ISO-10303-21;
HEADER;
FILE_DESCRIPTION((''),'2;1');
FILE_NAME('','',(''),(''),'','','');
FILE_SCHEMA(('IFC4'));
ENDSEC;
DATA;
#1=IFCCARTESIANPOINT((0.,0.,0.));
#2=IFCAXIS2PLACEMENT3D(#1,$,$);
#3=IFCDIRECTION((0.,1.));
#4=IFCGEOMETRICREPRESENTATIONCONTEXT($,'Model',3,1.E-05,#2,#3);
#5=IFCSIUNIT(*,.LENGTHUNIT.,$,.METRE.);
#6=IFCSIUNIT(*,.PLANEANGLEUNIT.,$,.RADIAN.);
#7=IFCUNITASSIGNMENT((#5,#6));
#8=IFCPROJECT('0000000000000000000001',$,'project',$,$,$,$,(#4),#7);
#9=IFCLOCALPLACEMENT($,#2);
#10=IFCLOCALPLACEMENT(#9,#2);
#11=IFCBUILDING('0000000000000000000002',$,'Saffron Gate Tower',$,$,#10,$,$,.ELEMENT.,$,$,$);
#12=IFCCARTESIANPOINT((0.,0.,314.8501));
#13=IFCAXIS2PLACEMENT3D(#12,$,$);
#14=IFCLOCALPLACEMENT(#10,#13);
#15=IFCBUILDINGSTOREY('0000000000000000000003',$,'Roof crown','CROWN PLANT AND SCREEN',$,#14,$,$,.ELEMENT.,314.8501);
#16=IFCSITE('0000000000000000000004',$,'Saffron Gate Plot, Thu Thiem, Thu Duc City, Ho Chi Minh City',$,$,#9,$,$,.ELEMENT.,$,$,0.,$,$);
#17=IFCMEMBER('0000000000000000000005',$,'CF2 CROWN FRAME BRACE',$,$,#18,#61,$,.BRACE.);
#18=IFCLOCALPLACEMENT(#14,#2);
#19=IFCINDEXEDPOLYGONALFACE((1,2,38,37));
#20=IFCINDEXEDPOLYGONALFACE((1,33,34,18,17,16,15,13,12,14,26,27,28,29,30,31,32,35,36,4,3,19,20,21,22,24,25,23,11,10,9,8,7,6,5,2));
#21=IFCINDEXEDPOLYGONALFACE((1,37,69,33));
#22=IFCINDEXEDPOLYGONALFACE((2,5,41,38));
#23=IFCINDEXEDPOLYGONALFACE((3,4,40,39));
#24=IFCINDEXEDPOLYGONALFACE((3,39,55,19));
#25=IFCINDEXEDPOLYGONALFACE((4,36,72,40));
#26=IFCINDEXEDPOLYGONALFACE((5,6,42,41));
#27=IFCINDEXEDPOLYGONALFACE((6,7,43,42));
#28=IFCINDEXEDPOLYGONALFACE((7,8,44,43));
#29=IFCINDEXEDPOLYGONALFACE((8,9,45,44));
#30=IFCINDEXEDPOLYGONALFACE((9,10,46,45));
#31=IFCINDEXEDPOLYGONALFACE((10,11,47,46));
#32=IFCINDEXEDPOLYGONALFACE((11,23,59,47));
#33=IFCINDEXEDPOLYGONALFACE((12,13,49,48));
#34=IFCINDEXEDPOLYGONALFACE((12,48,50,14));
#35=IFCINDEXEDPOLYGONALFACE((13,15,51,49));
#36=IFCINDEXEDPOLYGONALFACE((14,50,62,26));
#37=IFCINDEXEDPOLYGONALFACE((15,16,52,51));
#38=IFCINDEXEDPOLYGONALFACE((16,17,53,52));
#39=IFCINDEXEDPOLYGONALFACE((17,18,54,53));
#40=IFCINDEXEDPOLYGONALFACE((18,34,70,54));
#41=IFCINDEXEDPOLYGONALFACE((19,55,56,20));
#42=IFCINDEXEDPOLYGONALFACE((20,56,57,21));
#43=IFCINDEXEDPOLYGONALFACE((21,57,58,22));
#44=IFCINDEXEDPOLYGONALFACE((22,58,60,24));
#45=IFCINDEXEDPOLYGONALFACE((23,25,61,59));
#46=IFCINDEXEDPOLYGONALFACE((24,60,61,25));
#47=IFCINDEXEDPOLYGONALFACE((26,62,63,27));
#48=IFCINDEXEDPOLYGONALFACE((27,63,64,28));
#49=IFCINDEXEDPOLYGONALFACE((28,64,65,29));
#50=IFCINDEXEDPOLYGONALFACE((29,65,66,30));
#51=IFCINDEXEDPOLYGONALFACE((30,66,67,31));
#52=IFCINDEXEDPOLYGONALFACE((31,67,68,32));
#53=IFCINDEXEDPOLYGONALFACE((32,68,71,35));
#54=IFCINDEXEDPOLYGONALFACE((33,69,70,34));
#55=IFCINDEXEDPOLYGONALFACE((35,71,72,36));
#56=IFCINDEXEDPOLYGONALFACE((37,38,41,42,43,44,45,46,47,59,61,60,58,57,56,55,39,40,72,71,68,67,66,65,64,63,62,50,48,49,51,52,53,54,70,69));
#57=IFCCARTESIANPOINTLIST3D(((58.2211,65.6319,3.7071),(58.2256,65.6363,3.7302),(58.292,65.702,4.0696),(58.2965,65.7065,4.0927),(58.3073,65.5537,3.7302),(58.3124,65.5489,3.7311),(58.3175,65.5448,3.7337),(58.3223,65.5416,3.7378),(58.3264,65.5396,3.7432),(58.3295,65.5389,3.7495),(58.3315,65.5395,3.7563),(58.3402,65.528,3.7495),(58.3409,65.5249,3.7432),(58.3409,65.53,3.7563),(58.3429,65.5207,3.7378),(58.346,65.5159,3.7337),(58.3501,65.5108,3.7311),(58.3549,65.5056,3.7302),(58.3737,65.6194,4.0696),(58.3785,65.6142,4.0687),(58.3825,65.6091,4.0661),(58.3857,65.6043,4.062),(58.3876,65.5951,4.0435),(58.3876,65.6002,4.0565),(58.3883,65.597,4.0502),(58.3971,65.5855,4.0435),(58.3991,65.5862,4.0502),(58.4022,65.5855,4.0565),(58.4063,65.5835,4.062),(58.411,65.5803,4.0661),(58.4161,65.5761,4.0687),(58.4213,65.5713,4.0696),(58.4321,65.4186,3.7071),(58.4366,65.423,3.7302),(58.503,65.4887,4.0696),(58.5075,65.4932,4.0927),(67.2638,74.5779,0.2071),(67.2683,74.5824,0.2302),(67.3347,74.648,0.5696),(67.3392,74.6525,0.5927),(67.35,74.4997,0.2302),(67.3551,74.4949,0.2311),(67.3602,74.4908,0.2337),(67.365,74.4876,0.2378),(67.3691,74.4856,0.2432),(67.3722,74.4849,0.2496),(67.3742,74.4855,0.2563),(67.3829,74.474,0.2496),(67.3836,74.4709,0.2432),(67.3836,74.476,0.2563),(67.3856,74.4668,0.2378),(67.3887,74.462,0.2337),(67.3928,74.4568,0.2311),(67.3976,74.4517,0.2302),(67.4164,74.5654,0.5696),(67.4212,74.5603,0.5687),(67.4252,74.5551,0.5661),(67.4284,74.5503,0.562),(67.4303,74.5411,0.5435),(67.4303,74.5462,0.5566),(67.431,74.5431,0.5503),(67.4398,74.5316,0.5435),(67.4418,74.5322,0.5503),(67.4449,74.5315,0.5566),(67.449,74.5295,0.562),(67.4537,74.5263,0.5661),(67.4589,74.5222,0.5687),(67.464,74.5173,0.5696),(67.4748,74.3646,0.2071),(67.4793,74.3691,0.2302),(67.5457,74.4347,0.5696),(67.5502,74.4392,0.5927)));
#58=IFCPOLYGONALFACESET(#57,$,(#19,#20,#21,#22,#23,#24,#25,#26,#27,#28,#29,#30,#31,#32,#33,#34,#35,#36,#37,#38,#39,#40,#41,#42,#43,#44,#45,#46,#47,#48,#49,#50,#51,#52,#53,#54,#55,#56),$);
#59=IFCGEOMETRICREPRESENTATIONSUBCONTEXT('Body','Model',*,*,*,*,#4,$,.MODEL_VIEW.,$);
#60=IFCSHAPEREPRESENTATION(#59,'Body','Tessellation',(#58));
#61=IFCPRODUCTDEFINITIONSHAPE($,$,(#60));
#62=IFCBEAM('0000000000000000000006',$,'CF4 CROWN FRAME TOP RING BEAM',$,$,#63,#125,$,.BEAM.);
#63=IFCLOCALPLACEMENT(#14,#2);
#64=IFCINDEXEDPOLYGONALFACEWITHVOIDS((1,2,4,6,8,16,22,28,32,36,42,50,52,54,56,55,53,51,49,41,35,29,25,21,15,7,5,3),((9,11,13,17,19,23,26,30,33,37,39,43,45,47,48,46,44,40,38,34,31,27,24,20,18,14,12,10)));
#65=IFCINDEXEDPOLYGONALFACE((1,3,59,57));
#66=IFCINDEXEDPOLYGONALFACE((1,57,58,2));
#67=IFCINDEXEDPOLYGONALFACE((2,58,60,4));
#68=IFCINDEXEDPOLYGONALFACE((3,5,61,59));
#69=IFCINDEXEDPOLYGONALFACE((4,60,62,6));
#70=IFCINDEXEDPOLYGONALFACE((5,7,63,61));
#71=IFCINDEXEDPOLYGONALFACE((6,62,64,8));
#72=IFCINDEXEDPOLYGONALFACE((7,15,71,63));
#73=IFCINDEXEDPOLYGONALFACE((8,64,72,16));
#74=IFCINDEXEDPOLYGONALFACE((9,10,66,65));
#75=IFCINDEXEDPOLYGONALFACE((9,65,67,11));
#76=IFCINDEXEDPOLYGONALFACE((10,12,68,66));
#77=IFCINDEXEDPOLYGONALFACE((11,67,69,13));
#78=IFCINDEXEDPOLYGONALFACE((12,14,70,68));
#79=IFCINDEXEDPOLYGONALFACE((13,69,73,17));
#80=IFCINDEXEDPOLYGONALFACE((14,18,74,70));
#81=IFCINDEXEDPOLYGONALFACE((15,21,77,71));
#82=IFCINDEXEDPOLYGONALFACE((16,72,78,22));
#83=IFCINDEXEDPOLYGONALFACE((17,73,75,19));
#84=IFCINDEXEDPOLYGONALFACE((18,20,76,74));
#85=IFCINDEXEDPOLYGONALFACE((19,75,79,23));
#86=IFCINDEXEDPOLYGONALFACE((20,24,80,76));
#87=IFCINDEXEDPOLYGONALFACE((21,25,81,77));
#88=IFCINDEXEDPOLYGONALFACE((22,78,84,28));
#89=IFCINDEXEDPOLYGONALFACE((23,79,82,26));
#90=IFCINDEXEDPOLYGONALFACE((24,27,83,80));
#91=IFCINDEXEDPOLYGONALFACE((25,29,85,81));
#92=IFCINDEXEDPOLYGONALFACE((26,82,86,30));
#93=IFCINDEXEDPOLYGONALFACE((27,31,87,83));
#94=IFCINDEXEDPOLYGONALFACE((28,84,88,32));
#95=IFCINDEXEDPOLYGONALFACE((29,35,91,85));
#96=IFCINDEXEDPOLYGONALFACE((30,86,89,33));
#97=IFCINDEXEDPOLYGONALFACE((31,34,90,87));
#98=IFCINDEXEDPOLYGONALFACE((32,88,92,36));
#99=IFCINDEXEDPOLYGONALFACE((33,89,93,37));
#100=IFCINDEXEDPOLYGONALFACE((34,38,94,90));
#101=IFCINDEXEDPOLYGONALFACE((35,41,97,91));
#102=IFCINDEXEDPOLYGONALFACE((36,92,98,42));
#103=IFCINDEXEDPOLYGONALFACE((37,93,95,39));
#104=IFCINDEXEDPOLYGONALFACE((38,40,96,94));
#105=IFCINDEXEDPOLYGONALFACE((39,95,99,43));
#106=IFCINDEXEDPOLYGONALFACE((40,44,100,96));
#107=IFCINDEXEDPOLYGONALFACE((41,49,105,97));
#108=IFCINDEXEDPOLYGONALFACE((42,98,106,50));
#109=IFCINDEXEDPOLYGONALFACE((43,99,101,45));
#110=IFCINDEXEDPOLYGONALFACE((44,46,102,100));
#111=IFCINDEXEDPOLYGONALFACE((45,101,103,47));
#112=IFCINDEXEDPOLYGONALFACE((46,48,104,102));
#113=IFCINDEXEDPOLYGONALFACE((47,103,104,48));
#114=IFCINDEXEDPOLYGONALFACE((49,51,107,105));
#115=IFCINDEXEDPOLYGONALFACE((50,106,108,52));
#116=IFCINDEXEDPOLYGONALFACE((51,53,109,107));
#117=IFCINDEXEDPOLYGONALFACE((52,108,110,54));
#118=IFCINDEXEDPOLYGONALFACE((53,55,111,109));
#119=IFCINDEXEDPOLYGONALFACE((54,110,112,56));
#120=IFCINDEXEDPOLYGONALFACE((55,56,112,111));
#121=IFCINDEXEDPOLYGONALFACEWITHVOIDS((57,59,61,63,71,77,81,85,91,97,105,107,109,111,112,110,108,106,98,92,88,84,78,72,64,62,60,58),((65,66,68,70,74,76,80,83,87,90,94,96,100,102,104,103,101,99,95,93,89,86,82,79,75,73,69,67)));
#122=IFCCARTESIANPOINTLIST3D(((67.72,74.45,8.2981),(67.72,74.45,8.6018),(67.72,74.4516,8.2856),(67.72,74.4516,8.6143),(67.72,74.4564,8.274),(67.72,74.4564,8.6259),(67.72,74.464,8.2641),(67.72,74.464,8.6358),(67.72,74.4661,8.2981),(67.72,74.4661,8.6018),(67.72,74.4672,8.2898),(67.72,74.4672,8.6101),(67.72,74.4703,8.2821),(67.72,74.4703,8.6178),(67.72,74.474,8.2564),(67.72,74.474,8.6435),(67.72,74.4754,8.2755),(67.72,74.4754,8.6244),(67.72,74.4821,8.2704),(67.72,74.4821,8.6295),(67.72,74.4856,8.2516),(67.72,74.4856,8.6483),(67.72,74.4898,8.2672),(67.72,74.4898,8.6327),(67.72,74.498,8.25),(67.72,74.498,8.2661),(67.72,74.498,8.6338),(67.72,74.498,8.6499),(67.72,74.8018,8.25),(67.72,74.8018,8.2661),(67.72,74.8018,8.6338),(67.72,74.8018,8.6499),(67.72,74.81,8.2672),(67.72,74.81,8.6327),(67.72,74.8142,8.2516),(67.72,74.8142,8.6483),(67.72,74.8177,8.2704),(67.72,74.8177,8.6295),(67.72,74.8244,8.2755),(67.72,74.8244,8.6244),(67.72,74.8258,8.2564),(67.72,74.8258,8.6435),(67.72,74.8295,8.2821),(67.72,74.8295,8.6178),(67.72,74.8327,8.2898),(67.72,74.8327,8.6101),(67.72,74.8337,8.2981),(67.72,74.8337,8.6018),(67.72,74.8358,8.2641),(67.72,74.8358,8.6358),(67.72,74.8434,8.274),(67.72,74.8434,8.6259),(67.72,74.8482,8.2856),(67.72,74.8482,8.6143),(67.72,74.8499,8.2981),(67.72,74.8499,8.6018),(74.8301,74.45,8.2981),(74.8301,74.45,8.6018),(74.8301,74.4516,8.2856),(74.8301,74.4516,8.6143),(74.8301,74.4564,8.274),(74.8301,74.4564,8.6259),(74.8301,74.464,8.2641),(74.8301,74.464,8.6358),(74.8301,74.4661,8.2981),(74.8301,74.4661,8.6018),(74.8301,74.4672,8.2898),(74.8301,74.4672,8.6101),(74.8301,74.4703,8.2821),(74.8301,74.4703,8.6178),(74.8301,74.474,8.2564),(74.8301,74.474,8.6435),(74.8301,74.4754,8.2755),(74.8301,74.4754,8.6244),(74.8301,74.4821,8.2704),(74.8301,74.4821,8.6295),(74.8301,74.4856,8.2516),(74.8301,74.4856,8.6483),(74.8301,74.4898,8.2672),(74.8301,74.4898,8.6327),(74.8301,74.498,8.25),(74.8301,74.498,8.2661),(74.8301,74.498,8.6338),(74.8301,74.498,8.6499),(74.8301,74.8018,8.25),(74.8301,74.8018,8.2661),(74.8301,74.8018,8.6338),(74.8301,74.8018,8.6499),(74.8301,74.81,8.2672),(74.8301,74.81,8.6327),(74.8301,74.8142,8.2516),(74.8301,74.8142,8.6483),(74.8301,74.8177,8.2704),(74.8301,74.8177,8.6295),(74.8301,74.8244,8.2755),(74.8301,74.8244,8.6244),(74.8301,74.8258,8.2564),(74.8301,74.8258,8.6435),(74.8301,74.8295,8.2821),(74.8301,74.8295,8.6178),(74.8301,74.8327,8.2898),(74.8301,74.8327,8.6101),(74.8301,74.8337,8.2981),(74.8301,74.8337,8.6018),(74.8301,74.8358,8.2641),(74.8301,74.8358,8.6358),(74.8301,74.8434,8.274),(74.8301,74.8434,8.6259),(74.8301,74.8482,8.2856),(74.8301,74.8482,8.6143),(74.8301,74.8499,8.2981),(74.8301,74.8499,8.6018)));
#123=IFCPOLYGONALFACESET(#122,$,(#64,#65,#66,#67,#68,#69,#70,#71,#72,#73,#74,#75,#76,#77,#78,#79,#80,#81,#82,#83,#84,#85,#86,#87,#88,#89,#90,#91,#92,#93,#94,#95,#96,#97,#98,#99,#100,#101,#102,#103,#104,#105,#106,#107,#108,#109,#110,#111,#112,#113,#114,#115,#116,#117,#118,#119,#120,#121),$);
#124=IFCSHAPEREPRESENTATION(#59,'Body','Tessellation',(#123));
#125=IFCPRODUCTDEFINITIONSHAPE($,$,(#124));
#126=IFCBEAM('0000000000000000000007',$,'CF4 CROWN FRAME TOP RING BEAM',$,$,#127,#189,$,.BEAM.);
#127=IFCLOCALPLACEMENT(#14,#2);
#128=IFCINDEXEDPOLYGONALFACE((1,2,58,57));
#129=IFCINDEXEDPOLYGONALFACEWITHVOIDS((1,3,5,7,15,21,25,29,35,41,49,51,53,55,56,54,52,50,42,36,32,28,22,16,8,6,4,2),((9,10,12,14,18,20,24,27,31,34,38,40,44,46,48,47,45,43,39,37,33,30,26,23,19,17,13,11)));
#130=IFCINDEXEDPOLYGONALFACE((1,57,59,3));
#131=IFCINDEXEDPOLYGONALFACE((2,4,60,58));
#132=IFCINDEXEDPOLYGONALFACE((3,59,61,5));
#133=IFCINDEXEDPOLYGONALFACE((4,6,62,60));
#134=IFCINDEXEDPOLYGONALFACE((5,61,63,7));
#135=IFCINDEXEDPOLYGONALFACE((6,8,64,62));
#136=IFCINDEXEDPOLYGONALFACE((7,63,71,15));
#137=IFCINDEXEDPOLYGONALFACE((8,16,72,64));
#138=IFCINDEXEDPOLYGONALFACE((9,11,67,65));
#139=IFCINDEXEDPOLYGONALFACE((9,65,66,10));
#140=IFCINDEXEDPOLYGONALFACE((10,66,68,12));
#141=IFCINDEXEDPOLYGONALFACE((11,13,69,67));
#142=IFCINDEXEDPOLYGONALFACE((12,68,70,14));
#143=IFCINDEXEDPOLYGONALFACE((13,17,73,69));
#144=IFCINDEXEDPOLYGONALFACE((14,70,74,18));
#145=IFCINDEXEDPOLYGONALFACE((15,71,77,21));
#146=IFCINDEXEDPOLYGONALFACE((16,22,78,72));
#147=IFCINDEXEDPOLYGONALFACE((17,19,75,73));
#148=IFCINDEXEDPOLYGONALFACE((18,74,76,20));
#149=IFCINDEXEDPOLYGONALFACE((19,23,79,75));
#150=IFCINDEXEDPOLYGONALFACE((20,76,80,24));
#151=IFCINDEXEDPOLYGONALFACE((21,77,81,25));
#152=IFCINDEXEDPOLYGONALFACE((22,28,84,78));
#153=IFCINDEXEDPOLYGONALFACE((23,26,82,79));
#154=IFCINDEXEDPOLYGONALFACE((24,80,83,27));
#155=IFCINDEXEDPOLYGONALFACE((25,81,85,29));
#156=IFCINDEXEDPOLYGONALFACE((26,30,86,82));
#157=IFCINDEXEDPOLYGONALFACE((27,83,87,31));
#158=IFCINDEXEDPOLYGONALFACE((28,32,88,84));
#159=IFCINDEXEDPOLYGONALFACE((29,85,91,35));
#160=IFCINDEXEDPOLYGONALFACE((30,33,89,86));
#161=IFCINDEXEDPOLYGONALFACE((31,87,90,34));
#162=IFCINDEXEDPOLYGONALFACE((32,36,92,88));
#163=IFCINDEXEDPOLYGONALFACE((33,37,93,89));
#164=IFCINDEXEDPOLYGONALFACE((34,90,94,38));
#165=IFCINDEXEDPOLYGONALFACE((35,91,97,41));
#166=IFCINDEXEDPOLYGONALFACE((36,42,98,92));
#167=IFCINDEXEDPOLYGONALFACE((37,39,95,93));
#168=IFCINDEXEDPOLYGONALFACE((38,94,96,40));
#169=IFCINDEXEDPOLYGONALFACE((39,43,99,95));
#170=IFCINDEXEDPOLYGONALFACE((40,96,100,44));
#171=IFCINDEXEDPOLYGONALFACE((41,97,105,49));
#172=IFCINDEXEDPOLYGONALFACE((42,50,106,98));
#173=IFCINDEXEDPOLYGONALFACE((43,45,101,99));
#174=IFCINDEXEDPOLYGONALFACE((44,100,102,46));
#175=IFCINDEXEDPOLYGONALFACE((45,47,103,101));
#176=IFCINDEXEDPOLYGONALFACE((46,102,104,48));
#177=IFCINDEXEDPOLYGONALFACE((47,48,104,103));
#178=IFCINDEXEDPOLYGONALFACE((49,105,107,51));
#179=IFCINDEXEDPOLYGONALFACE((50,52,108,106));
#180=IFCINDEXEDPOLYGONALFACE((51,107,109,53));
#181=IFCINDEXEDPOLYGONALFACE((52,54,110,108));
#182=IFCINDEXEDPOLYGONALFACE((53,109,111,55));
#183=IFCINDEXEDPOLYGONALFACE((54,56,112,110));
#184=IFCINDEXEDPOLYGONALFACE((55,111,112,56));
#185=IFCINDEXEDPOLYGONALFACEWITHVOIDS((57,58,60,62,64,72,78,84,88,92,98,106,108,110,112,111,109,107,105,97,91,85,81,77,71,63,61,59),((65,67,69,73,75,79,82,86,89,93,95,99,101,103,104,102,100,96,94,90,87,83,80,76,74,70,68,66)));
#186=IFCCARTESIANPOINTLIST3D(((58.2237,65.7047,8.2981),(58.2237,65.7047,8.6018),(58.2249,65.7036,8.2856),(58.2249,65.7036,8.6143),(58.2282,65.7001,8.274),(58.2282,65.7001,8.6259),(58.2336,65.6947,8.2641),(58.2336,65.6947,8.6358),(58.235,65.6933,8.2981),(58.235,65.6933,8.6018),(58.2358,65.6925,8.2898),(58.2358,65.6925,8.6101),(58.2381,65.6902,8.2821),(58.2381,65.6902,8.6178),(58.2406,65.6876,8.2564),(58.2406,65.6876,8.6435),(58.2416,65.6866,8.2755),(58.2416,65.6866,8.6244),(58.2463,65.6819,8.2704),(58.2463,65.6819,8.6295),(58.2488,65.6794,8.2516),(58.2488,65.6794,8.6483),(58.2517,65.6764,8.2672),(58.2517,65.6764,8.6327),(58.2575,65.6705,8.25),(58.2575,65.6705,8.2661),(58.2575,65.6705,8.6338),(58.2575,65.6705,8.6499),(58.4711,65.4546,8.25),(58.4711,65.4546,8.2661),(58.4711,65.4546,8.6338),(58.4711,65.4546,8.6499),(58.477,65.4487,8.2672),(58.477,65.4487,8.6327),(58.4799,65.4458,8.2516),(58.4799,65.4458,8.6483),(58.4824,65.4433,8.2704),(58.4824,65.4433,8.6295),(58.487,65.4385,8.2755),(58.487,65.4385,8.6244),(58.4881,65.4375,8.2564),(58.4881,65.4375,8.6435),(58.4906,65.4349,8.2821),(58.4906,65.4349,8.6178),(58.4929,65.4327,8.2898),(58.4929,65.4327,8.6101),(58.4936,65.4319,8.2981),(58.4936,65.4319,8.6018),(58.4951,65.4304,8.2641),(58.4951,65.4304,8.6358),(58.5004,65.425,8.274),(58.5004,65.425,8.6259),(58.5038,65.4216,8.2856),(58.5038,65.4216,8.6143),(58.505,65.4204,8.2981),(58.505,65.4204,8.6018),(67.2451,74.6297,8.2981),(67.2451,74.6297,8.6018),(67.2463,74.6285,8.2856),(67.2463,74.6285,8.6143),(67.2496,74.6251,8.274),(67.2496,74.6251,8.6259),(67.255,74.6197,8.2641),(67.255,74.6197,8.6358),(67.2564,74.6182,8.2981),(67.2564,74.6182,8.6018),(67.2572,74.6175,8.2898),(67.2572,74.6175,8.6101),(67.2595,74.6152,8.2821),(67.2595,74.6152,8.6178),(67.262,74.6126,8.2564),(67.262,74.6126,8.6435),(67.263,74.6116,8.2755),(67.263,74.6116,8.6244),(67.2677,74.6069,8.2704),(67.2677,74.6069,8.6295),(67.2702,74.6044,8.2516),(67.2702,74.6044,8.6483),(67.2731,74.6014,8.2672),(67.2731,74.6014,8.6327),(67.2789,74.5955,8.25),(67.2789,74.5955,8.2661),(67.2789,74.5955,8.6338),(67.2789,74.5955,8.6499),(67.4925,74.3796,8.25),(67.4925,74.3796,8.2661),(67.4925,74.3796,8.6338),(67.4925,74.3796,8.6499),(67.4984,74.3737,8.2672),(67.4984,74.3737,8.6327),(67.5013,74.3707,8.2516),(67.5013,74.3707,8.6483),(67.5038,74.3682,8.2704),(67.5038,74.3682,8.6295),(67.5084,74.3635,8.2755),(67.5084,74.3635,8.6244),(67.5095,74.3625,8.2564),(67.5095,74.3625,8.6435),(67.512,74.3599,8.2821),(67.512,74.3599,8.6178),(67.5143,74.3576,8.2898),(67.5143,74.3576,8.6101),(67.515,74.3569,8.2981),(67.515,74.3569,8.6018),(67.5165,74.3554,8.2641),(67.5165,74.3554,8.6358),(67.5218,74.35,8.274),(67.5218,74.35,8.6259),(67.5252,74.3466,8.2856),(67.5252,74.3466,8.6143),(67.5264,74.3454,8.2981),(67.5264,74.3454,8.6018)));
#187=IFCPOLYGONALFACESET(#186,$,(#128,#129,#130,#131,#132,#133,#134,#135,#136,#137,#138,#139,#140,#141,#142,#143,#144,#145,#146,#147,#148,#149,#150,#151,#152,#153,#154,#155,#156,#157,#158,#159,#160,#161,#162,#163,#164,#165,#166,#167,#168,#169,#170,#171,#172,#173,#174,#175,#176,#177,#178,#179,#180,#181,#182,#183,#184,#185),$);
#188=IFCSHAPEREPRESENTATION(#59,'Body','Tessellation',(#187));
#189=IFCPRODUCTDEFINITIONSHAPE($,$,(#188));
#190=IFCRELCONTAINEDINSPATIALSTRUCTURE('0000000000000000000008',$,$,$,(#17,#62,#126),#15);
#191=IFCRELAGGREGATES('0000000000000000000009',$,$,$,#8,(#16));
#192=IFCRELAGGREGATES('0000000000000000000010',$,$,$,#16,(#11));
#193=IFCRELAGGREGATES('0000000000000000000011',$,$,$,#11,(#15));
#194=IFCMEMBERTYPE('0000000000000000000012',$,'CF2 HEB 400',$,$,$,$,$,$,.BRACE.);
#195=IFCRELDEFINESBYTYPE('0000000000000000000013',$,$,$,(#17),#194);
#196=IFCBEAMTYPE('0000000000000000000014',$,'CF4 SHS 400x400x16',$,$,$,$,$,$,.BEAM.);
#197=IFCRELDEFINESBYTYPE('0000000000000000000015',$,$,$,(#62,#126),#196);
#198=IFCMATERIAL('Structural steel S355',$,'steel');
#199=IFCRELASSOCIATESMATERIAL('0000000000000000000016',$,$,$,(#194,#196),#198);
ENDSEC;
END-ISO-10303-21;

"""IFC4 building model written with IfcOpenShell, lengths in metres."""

from ifc_helpers import new_model, si_unit, direction, frame, origin, origin_2d, place, context, subcontext, project, spatial, hollow_rectangle, i_section, extrude, material, material_profile, profile_set, type_object, element, save


model = new_model("IFC4")

# Units and contexts
model_context = context("Model", 3, precision=1e-05, world=origin(), true_north=direction((0.0, 1.0)))
body_context = subcontext(model_context, "Body", "Model", "MODEL_VIEW")
ifc_project = project(units=[si_unit("LENGTHUNIT", "METRE"), si_unit("PLANEANGLEUNIT", "RADIAN")], contexts=[model_context])

# Site, building, storey
site_placement = place(None, origin())
site = spatial("IfcSite", under=ifc_project, at=site_placement, Name="Saffron Gate Plot, Thu Thiem, Thu Duc City, Ho Chi Minh City", CompositionType="ELEMENT", RefElevation=0.0)
building_placement = place(site_placement, origin())
building = spatial("IfcBuilding", under=site, at=building_placement, Name="Saffron Gate Tower", CompositionType="ELEMENT")
storey_placement = place(building_placement, frame((0.0, 0.0, 314.8501)))
storey = spatial("IfcBuildingStorey", under=building, at=storey_placement, Name="Roof crown", Description="CROWN PLANT AND SCREEN", CompositionType="ELEMENT", Elevation=314.8501)

# Shared definitions
ifc_material_1 = material(Name="Structural steel S355", Category="steel")

# Member
ifc_material_profile_1 = material_profile(ifc_material_1, i_section(OverallWidth=0.3, OverallDepth=0.3999, WebThickness=0.0134, FlangeThickness=0.0239, FilletRadius=0.0271, at=origin_2d()))
ifc_profile_set_1 = profile_set([ifc_material_profile_1], Name="Structural steel S355")
member_type_1 = type_object("IfcMemberType", Name="CF2 HEB 400", PredefinedType="BRACE", material=ifc_profile_set_1)
member_1_placement = place(storey_placement, frame((67.407, 74.5085, 0.3999), z_axis=(-0.685424, -0.678095, 0.265294), x_axis=(0.703296, -0.710897, 0.0)))
element("IfcMember", 1, at=member_1_placement, inside=storey, type_object=member_type_1, Name="CF2 CROWN FRAME BRACE", PredefinedType="BRACE", context=body_context, shape_type="SweptSolid", body=[
    extrude(i_section(OverallWidth=0.3, OverallDepth=0.3999, WebThickness=0.0134, FlangeThickness=0.0239, FilletRadius=0.0271, at=origin_2d()), origin(), (0.0, 0.0, 1.0), 13.1929),
])

# Beams
ifc_material_profile_2 = material_profile(ifc_material_1, hollow_rectangle(XDim=0.3999, YDim=0.3999, WallThickness=0.0161, InnerFilletRadius=0.032, OuterFilletRadius=0.0481, at=origin_2d()))
ifc_profile_set_2 = profile_set([ifc_material_profile_2], Name="Structural steel S355")
beam_type_1 = type_object("IfcBeamType", Name="CF4 SHS 400x400x16", PredefinedType="BEAM", material=ifc_profile_set_2)
beam_1_placement = place(storey_placement, frame((74.8301, 74.6499, 8.45), z_axis=(-1.0, 0.0, 0.0), x_axis=(0.0, -1.0, 0.0)))
element("IfcBeam", 2, at=beam_1_placement, inside=storey, type_object=beam_type_1, Name="CF4 CROWN FRAME TOP RING BEAM", PredefinedType="BEAM", context=body_context, shape_type="SweptSolid", body=[
    extrude(hollow_rectangle(XDim=0.3999, YDim=0.3999, WallThickness=0.0161, InnerFilletRadius=0.032, OuterFilletRadius=0.0481, at=origin_2d()), origin(), (0.0, 0.0, 1.0), 7.1101),
])
beam_2_placement = place(storey_placement, frame((67.3857, 74.4875, 8.45), z_axis=(-0.710896, -0.703297, 0.0), x_axis=(0.703297, -0.710896, 0.0)))
element("IfcBeam", 3, at=beam_2_placement, inside=storey, type_object=beam_type_1, Name="CF4 CROWN FRAME TOP RING BEAM", PredefinedType="BEAM", context=body_context, shape_type="SweptSolid", body=[
    extrude(hollow_rectangle(XDim=0.3999, YDim=0.3999, WallThickness=0.0161, InnerFilletRadius=0.032, OuterFilletRadius=0.0481, at=origin_2d()), origin(), (0.0, 0.0, 1.0), 12.6902),
])

save(model, "model.ifc")
